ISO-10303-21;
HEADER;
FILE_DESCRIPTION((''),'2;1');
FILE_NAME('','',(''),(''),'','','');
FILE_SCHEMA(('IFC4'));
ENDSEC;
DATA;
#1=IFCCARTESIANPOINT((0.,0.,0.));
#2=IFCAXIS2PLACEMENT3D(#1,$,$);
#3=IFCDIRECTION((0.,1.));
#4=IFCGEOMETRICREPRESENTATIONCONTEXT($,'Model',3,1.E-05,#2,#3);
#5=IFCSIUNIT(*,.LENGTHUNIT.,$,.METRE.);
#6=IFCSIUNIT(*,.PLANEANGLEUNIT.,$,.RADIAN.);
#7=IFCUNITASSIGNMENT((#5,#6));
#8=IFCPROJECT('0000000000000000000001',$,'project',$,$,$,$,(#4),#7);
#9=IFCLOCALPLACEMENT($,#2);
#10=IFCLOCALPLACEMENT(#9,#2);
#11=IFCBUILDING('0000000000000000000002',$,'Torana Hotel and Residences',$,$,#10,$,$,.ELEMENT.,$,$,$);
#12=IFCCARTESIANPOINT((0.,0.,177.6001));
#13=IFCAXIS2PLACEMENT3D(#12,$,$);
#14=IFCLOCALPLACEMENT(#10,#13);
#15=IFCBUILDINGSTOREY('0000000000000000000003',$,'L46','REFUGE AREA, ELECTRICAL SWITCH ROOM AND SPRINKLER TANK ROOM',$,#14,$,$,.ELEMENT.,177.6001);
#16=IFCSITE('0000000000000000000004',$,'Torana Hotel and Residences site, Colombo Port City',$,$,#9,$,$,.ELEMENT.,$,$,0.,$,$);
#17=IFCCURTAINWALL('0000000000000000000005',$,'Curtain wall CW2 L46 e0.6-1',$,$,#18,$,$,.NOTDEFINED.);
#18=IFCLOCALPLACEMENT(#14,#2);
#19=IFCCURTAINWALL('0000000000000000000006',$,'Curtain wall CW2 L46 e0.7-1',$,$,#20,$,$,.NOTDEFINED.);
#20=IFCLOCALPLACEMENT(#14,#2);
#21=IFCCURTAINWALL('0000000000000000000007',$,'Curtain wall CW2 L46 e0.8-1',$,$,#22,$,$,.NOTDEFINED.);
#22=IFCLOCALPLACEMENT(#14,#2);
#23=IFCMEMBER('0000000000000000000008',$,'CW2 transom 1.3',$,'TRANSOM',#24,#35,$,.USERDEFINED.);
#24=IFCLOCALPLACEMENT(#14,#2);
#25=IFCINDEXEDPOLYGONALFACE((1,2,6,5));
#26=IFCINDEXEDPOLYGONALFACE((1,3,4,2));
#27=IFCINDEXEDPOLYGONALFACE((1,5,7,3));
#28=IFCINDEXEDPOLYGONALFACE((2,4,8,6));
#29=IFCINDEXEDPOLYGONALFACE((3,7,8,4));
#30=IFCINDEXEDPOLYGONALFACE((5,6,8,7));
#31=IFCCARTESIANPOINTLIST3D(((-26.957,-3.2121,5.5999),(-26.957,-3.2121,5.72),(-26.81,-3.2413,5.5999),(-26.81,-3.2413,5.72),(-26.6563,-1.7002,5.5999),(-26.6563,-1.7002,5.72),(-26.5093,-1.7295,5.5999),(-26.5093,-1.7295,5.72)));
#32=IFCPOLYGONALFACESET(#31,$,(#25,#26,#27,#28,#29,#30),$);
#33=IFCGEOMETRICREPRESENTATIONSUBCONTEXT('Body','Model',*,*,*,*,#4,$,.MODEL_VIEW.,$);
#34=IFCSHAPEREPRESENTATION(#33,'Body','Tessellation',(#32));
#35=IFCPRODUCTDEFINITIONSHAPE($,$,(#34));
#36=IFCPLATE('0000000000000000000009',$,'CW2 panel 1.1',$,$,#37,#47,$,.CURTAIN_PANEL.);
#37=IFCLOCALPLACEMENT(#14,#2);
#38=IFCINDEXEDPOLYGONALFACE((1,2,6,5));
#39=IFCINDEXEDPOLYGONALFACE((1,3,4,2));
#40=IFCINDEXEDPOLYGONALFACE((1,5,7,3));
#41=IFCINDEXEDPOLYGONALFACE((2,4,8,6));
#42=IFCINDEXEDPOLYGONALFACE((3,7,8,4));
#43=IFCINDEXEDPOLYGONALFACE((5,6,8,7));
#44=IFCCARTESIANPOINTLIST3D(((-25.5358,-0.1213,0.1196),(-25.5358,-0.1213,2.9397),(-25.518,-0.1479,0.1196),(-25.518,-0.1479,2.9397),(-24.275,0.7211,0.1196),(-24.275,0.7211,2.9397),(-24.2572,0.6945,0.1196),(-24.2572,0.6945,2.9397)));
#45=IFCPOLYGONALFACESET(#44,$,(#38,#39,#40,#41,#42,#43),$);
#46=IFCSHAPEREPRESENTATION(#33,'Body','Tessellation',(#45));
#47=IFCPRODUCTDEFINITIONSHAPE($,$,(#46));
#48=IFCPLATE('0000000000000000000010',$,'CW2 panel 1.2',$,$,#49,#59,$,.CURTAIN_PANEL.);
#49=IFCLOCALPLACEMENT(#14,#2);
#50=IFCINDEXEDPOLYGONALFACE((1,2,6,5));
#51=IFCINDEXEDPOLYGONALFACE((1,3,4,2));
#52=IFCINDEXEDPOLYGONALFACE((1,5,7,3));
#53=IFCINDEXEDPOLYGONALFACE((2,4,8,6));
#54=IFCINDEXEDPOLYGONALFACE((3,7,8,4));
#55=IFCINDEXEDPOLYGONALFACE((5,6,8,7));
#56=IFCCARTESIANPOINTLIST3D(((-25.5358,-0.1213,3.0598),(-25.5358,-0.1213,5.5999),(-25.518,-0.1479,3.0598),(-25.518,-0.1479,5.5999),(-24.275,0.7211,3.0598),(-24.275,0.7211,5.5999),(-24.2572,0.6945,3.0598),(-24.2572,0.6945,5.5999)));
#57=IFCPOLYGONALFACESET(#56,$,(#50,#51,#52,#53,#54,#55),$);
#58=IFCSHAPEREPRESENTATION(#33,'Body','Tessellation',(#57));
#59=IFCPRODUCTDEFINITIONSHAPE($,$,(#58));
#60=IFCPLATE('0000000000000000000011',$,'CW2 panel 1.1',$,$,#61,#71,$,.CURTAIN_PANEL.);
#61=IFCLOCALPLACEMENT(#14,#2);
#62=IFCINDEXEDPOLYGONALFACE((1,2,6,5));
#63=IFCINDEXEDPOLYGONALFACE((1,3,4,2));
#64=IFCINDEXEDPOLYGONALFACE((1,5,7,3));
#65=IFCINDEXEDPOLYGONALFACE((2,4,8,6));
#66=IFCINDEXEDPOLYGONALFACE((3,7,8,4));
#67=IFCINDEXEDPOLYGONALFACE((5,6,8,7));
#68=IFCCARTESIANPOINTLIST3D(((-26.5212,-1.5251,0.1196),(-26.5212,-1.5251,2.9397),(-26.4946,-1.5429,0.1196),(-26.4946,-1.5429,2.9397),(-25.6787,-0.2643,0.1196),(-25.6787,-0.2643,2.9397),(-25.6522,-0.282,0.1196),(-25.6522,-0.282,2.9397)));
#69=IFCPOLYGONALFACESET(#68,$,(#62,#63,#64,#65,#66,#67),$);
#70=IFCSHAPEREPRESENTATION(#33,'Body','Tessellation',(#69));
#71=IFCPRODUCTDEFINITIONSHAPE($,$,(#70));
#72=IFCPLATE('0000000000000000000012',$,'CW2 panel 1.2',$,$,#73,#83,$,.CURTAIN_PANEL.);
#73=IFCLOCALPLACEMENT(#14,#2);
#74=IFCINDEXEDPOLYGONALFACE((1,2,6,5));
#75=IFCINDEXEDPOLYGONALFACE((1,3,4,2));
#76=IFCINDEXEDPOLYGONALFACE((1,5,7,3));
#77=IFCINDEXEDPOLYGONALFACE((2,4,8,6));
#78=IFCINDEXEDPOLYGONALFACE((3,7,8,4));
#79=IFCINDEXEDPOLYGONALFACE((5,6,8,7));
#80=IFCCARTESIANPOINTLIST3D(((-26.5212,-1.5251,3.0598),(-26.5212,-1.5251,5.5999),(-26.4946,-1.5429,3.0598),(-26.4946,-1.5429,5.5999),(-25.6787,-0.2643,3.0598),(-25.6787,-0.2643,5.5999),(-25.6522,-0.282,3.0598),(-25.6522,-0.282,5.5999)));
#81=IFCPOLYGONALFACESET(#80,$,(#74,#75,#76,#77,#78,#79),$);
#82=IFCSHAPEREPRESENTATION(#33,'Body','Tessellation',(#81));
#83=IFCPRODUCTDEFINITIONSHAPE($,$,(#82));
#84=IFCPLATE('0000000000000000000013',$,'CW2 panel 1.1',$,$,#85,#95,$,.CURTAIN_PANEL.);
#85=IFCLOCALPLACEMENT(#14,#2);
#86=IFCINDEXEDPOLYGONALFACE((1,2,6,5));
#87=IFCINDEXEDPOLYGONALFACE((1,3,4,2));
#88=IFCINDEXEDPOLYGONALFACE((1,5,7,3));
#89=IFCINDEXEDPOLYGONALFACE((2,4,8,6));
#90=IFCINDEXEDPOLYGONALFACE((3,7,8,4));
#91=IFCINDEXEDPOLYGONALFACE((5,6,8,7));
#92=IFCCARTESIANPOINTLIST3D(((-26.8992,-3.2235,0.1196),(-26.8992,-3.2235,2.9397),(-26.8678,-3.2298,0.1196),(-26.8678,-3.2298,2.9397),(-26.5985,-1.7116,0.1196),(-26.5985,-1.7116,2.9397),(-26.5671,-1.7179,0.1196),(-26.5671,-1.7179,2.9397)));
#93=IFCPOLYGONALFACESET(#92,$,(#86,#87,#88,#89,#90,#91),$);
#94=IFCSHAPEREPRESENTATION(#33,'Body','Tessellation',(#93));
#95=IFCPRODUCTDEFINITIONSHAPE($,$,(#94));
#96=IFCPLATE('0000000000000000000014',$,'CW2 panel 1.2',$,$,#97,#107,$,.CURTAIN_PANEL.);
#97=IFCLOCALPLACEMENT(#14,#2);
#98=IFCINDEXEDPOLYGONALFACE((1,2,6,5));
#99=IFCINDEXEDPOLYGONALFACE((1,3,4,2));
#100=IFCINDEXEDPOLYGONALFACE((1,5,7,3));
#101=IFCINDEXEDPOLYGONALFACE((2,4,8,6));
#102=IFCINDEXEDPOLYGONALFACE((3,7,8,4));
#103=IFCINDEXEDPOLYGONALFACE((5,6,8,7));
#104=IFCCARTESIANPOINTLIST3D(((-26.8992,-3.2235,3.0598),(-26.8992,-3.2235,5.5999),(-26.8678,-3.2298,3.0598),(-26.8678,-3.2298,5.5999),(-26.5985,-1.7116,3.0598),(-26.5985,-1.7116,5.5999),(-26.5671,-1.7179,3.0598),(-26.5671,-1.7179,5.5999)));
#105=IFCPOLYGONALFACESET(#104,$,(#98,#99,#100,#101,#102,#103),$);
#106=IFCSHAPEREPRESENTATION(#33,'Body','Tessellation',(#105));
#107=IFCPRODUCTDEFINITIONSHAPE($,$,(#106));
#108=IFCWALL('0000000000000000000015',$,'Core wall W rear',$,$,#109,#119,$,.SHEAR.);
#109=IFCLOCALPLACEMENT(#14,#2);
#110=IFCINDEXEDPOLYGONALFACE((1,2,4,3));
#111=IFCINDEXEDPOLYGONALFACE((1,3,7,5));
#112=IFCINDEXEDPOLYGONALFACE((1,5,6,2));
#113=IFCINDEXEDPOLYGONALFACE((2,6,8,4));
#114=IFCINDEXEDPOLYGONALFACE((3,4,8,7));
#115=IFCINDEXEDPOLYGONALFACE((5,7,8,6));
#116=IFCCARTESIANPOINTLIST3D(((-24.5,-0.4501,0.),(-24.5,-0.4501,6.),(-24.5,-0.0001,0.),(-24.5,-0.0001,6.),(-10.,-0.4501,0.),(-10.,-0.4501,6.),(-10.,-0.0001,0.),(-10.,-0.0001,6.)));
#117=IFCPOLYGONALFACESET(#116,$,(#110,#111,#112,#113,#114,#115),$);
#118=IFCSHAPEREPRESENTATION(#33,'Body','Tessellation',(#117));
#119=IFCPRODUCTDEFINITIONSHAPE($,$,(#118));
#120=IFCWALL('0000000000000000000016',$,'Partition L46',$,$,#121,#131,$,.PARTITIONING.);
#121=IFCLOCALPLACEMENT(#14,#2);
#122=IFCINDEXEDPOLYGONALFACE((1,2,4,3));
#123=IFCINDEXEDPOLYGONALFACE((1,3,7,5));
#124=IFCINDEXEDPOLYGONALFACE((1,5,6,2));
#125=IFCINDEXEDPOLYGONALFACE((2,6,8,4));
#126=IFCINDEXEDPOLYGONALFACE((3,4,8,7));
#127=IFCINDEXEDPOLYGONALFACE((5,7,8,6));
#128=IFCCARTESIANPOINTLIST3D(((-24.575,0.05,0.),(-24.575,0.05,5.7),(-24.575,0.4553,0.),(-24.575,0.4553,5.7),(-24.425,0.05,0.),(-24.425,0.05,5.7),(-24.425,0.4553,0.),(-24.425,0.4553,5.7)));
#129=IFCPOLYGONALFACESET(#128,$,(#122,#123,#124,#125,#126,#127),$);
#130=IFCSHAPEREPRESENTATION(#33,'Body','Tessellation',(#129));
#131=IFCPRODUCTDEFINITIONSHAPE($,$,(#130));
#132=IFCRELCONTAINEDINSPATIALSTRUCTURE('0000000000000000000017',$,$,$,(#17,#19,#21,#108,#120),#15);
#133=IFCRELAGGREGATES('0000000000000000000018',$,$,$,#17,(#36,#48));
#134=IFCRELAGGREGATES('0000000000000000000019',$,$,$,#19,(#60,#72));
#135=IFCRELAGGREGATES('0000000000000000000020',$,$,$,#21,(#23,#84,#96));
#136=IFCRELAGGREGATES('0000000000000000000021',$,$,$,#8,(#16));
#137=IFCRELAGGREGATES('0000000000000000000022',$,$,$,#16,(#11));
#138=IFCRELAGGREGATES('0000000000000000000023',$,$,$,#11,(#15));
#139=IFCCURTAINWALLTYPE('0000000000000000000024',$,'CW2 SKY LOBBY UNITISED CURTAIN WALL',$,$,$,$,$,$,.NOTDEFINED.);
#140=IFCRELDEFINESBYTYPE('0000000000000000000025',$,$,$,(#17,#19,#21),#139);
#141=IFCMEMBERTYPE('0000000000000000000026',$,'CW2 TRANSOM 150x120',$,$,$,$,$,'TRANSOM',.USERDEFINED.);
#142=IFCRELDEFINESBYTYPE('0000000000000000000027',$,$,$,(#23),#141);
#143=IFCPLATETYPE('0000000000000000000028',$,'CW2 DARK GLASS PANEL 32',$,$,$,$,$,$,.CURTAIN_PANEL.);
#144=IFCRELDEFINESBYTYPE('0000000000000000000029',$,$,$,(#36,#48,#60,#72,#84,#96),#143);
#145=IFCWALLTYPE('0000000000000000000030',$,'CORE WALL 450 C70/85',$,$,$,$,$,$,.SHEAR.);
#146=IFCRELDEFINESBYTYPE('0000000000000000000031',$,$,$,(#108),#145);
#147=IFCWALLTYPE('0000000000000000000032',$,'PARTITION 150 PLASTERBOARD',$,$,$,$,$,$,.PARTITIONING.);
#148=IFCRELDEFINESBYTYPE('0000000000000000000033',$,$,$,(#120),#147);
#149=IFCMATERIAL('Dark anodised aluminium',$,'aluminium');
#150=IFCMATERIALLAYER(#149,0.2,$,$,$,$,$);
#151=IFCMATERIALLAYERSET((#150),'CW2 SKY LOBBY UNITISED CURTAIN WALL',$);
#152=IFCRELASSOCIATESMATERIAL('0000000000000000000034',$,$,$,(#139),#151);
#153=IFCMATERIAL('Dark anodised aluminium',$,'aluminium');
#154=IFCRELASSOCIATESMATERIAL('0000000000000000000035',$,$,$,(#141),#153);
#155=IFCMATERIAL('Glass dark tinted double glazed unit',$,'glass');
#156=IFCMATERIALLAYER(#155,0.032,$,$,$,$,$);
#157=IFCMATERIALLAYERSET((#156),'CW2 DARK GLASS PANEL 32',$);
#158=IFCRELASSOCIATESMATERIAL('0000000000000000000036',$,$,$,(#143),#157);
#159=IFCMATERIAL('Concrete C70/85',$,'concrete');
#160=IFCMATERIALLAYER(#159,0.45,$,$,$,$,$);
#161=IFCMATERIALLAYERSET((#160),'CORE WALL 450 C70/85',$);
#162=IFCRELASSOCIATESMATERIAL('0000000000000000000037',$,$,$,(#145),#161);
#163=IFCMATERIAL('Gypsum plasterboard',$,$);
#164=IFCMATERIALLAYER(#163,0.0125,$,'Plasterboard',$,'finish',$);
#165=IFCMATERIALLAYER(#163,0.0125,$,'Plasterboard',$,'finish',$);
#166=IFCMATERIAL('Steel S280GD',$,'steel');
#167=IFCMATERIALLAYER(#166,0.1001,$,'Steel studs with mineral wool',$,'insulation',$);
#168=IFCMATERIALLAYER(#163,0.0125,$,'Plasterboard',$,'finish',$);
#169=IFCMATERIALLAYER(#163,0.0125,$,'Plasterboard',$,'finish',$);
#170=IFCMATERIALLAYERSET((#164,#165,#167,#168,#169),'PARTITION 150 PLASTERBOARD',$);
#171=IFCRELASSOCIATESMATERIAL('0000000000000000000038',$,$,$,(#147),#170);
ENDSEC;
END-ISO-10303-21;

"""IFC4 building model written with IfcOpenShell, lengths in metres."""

from ifc_helpers import new_model, si_unit, direction, frame, frame_2d, origin, origin_2d, place, context, subcontext, project, spatial, rectangle, extrude, material, layer, layer_set, material_profile, profile_set, type_object, element, aggregate, save


model = new_model("IFC4")

# Units and contexts
model_context = context("Model", 3, precision=1e-05, world=origin(), true_north=direction((0.0, 1.0)))
body_context = subcontext(model_context, "Body", "Model", "MODEL_VIEW")
ifc_project = project(units=[si_unit("LENGTHUNIT", "METRE"), si_unit("PLANEANGLEUNIT", "RADIAN")], contexts=[model_context])

# Site, building, storey
site_placement = place(None, origin())
site = spatial("IfcSite", under=ifc_project, at=site_placement, Name="Torana Hotel and Residences site, Colombo Port City", CompositionType="ELEMENT", RefElevation=0.0)
building_placement = place(site_placement, origin())
building = spatial("IfcBuilding", under=site, at=building_placement, Name="Torana Hotel and Residences", CompositionType="ELEMENT")
storey_placement = place(building_placement, frame((0.0, 0.0, 177.6001)))
storey = spatial("IfcBuildingStorey", under=building, at=storey_placement, Name="L46", Description="REFUGE AREA, ELECTRICAL SWITCH ROOM AND SPRINKLER TANK ROOM", CompositionType="ELEMENT", Elevation=177.6001)

# Shared definitions
ifc_material_1 = material(Name="Dark anodised aluminium", Category="aluminium")
ifc_layer_1 = layer(ifc_material_1, 0.2)
ifc_layer_set_1 = layer_set([ifc_layer_1], Name="CW2 SKY LOBBY UNITISED CURTAIN WALL")
curtain_wall_type = type_object("IfcCurtainWallType", Name="CW2 SKY LOBBY UNITISED CURTAIN WALL", PredefinedType="NOTDEFINED", material=ifc_layer_set_1)

# Curtain walls
curtain_wall_1_placement = place(storey_placement, origin())
curtain_wall_1 = element("IfcCurtainWall", 1, at=curtain_wall_1_placement, inside=storey, type_object=curtain_wall_type, Name="Curtain wall CW2 L46 e0.6-1", PredefinedType="NOTDEFINED")
curtain_wall_2_placement = place(storey_placement, origin())
curtain_wall_2 = element("IfcCurtainWall", 2, at=curtain_wall_2_placement, inside=storey, type_object=curtain_wall_type, Name="Curtain wall CW2 L46 e0.7-1", PredefinedType="NOTDEFINED")

# Curtain wall
curtain_wall_3_placement = place(storey_placement, origin())
curtain_wall_3 = element("IfcCurtainWall", 3, at=curtain_wall_3_placement, inside=storey, type_object=curtain_wall_type, Name="Curtain wall CW2 L46 e0.8-1", PredefinedType="NOTDEFINED")

# Member
ifc_material_2 = material(Name="Dark anodised aluminium", Category="aluminium")
ifc_material_profile_1 = material_profile(ifc_material_2, rectangle(XDim=0.1499, YDim=0.1201, at=origin_2d()), Name="CW2 TRANSOM 150x120")
ifc_profile_set_1 = profile_set([ifc_material_profile_1], Name="Dark anodised aluminium")
member_type_1 = type_object("IfcMemberType", Name="CW2 TRANSOM 150x120", ElementType="TRANSOM", PredefinedType="USERDEFINED", material=ifc_profile_set_1)
member_1_placement = place(storey_placement, frame((-26.5828, -1.7148, 5.6599), z_axis=(-0.195111, -0.980781, 0.0), x_axis=(0.980781, -0.195111, 0.0)))
member_1 = element("IfcMember", 4, at=member_1_placement, type_object=member_type_1, Name="CW2 transom 1.3", ObjectType="TRANSOM", PredefinedType="USERDEFINED", context=body_context, shape_type="SweptSolid", body=[
    extrude(rectangle(XDim=0.1499, YDim=0.1201, at=origin_2d()), origin(), (0.0, 0.0, 1.0), 1.5415),
])

# Plates
ifc_material_3 = material(Name="Glass dark tinted double glazed unit", Category="glass")
ifc_layer_2 = layer(ifc_material_3, 0.032)
ifc_layer_set_2 = layer_set([ifc_layer_2], Name="CW2 DARK GLASS PANEL 32")
plate_type = type_object("IfcPlateType", Name="CW2 DARK GLASS PANEL 32", PredefinedType="CURTAIN_PANEL", material=ifc_layer_set_2)
plate_1_placement = place(storey_placement, frame((-24.8965, 0.2866, 0.1196), z_axis=(0.0, 0.0, 1.0), x_axis=(-0.831474, -0.555564, 0.0)))
plate_1 = element("IfcPlate", 5, at=plate_1_placement, type_object=plate_type, Name="CW2 panel 1.1", PredefinedType="CURTAIN_PANEL", context=body_context, shape_type="SweptSolid", body=[
    extrude(rectangle(XDim=1.5164, YDim=0.032, at=origin_2d()), origin(), (0.0, 0.0, 1.0), 2.8201),
])
plate_2_placement = place(storey_placement, frame((-24.8965, 0.2866, 3.0598), z_axis=(0.0, 0.0, 1.0), x_axis=(-0.831474, -0.555564, 0.0)))
plate_2 = element("IfcPlate", 6, at=plate_2_placement, type_object=plate_type, Name="CW2 panel 1.2", PredefinedType="CURTAIN_PANEL", context=body_context, shape_type="SweptSolid", body=[
    extrude(rectangle(XDim=1.5164, YDim=0.032, at=origin_2d()), origin(), (0.0, 0.0, 1.0), 2.54),
])
aggregate(curtain_wall_1, [plate_1, plate_2])
plate_3_placement = place(storey_placement, frame((-26.0867, -0.9036, 0.1196), z_axis=(0.0, 0.0, 1.0), x_axis=(-0.555564, -0.831474, 0.0)))
plate_3 = element("IfcPlate", 7, at=plate_3_placement, type_object=plate_type, Name="CW2 panel 1.1", PredefinedType="CURTAIN_PANEL", context=body_context, shape_type="SweptSolid", body=[
    extrude(rectangle(XDim=1.5164, YDim=0.032, at=origin_2d()), origin(), (0.0, 0.0, 1.0), 2.8201),
])
plate_4_placement = place(storey_placement, frame((-26.0867, -0.9036, 3.0598), z_axis=(0.0, 0.0, 1.0), x_axis=(-0.555564, -0.831474, 0.0)))
plate_4 = element("IfcPlate", 8, at=plate_4_placement, type_object=plate_type, Name="CW2 panel 1.2", PredefinedType="CURTAIN_PANEL", context=body_context, shape_type="SweptSolid", body=[
    extrude(rectangle(XDim=1.5164, YDim=0.032, at=origin_2d()), origin(), (0.0, 0.0, 1.0), 2.54),
])
aggregate(curtain_wall_2, [plate_3, plate_4])
plate_5_placement = place(storey_placement, frame((-26.7332, -2.4707, 0.1196), z_axis=(0.0, 0.0, 1.0), x_axis=(-0.195064, -0.980791, 0.0)))
plate_5 = element("IfcPlate", 9, at=plate_5_placement, type_object=plate_type, Name="CW2 panel 1.1", PredefinedType="CURTAIN_PANEL", context=body_context, shape_type="SweptSolid", body=[
    extrude(rectangle(XDim=1.5415, YDim=0.032, at=origin_2d()), origin(), (0.0, 0.0, 1.0), 2.8201),
])
plate_6_placement = place(storey_placement, frame((-26.7332, -2.4707, 3.0598), z_axis=(0.0, 0.0, 1.0), x_axis=(-0.195064, -0.980791, 0.0)))
plate_6 = element("IfcPlate", 10, at=plate_6_placement, type_object=plate_type, Name="CW2 panel 1.2", PredefinedType="CURTAIN_PANEL", context=body_context, shape_type="SweptSolid", body=[
    extrude(rectangle(XDim=1.5415, YDim=0.032, at=origin_2d()), origin(), (0.0, 0.0, 1.0), 2.54),
])
aggregate(curtain_wall_3, [member_1, plate_5, plate_6])

# Walls
ifc_material_4 = material(Name="Concrete C70/85", Category="concrete")
ifc_layer_3 = layer(ifc_material_4, 0.45)
ifc_layer_set_3 = layer_set([ifc_layer_3], Name="CORE WALL 450 C70/85")
wall_type_1 = type_object("IfcWallType", Name="CORE WALL 450 C70/85", PredefinedType="SHEAR", material=ifc_layer_set_3)
wall_1_placement = place(storey_placement, frame((-24.5, -0.2251, 0.0), z_axis=(0.0, 0.0, 1.0), x_axis=(1.0, 0.0, 0.0)))
element("IfcWall", 11, at=wall_1_placement, inside=storey, type_object=wall_type_1, Name="Core wall W rear", PredefinedType="SHEAR", context=body_context, shape_type="SweptSolid", body=[
    extrude(rectangle(XDim=14.5, YDim=0.45, at=frame_2d((7.25, 0.0))), origin(), (0.0, 0.0, 1.0), 6.0),
])
ifc_material_5 = material(Name="Gypsum plasterboard")
ifc_layer_4 = layer(ifc_material_5, 0.0125, Name="Plasterboard", Category="finish")
ifc_layer_5 = layer(ifc_material_5, 0.0125, Name="Plasterboard", Category="finish")
ifc_material_6 = material(Name="Steel S280GD", Category="steel")
ifc_layer_6 = layer(ifc_material_6, 0.1001, Name="Steel studs with mineral wool", Category="insulation")
ifc_layer_7 = layer(ifc_material_5, 0.0125, Name="Plasterboard", Category="finish")
ifc_layer_8 = layer(ifc_material_5, 0.0125, Name="Plasterboard", Category="finish")
ifc_layer_set_4 = layer_set([ifc_layer_4, ifc_layer_5, ifc_layer_6, ifc_layer_7, ifc_layer_8], Name="PARTITION 150 PLASTERBOARD")
wall_type_2 = type_object("IfcWallType", Name="PARTITION 150 PLASTERBOARD", PredefinedType="PARTITIONING", material=ifc_layer_set_4)
wall_2_placement = place(storey_placement, frame((-24.5, 0.05, 0.0), z_axis=(0.0, 0.0, 1.0), x_axis=(0.0, 1.0, 0.0)))
element("IfcWall", 12, at=wall_2_placement, inside=storey, type_object=wall_type_2, Name="Partition L46", PredefinedType="PARTITIONING", context=body_context, shape_type="SweptSolid", body=[
    extrude(rectangle(XDim=0.4053, YDim=0.1499, at=frame_2d((0.2026, 0.0))), origin(), (0.0, 0.0, 1.0), 5.7),
])

save(model, "model.ifc")
